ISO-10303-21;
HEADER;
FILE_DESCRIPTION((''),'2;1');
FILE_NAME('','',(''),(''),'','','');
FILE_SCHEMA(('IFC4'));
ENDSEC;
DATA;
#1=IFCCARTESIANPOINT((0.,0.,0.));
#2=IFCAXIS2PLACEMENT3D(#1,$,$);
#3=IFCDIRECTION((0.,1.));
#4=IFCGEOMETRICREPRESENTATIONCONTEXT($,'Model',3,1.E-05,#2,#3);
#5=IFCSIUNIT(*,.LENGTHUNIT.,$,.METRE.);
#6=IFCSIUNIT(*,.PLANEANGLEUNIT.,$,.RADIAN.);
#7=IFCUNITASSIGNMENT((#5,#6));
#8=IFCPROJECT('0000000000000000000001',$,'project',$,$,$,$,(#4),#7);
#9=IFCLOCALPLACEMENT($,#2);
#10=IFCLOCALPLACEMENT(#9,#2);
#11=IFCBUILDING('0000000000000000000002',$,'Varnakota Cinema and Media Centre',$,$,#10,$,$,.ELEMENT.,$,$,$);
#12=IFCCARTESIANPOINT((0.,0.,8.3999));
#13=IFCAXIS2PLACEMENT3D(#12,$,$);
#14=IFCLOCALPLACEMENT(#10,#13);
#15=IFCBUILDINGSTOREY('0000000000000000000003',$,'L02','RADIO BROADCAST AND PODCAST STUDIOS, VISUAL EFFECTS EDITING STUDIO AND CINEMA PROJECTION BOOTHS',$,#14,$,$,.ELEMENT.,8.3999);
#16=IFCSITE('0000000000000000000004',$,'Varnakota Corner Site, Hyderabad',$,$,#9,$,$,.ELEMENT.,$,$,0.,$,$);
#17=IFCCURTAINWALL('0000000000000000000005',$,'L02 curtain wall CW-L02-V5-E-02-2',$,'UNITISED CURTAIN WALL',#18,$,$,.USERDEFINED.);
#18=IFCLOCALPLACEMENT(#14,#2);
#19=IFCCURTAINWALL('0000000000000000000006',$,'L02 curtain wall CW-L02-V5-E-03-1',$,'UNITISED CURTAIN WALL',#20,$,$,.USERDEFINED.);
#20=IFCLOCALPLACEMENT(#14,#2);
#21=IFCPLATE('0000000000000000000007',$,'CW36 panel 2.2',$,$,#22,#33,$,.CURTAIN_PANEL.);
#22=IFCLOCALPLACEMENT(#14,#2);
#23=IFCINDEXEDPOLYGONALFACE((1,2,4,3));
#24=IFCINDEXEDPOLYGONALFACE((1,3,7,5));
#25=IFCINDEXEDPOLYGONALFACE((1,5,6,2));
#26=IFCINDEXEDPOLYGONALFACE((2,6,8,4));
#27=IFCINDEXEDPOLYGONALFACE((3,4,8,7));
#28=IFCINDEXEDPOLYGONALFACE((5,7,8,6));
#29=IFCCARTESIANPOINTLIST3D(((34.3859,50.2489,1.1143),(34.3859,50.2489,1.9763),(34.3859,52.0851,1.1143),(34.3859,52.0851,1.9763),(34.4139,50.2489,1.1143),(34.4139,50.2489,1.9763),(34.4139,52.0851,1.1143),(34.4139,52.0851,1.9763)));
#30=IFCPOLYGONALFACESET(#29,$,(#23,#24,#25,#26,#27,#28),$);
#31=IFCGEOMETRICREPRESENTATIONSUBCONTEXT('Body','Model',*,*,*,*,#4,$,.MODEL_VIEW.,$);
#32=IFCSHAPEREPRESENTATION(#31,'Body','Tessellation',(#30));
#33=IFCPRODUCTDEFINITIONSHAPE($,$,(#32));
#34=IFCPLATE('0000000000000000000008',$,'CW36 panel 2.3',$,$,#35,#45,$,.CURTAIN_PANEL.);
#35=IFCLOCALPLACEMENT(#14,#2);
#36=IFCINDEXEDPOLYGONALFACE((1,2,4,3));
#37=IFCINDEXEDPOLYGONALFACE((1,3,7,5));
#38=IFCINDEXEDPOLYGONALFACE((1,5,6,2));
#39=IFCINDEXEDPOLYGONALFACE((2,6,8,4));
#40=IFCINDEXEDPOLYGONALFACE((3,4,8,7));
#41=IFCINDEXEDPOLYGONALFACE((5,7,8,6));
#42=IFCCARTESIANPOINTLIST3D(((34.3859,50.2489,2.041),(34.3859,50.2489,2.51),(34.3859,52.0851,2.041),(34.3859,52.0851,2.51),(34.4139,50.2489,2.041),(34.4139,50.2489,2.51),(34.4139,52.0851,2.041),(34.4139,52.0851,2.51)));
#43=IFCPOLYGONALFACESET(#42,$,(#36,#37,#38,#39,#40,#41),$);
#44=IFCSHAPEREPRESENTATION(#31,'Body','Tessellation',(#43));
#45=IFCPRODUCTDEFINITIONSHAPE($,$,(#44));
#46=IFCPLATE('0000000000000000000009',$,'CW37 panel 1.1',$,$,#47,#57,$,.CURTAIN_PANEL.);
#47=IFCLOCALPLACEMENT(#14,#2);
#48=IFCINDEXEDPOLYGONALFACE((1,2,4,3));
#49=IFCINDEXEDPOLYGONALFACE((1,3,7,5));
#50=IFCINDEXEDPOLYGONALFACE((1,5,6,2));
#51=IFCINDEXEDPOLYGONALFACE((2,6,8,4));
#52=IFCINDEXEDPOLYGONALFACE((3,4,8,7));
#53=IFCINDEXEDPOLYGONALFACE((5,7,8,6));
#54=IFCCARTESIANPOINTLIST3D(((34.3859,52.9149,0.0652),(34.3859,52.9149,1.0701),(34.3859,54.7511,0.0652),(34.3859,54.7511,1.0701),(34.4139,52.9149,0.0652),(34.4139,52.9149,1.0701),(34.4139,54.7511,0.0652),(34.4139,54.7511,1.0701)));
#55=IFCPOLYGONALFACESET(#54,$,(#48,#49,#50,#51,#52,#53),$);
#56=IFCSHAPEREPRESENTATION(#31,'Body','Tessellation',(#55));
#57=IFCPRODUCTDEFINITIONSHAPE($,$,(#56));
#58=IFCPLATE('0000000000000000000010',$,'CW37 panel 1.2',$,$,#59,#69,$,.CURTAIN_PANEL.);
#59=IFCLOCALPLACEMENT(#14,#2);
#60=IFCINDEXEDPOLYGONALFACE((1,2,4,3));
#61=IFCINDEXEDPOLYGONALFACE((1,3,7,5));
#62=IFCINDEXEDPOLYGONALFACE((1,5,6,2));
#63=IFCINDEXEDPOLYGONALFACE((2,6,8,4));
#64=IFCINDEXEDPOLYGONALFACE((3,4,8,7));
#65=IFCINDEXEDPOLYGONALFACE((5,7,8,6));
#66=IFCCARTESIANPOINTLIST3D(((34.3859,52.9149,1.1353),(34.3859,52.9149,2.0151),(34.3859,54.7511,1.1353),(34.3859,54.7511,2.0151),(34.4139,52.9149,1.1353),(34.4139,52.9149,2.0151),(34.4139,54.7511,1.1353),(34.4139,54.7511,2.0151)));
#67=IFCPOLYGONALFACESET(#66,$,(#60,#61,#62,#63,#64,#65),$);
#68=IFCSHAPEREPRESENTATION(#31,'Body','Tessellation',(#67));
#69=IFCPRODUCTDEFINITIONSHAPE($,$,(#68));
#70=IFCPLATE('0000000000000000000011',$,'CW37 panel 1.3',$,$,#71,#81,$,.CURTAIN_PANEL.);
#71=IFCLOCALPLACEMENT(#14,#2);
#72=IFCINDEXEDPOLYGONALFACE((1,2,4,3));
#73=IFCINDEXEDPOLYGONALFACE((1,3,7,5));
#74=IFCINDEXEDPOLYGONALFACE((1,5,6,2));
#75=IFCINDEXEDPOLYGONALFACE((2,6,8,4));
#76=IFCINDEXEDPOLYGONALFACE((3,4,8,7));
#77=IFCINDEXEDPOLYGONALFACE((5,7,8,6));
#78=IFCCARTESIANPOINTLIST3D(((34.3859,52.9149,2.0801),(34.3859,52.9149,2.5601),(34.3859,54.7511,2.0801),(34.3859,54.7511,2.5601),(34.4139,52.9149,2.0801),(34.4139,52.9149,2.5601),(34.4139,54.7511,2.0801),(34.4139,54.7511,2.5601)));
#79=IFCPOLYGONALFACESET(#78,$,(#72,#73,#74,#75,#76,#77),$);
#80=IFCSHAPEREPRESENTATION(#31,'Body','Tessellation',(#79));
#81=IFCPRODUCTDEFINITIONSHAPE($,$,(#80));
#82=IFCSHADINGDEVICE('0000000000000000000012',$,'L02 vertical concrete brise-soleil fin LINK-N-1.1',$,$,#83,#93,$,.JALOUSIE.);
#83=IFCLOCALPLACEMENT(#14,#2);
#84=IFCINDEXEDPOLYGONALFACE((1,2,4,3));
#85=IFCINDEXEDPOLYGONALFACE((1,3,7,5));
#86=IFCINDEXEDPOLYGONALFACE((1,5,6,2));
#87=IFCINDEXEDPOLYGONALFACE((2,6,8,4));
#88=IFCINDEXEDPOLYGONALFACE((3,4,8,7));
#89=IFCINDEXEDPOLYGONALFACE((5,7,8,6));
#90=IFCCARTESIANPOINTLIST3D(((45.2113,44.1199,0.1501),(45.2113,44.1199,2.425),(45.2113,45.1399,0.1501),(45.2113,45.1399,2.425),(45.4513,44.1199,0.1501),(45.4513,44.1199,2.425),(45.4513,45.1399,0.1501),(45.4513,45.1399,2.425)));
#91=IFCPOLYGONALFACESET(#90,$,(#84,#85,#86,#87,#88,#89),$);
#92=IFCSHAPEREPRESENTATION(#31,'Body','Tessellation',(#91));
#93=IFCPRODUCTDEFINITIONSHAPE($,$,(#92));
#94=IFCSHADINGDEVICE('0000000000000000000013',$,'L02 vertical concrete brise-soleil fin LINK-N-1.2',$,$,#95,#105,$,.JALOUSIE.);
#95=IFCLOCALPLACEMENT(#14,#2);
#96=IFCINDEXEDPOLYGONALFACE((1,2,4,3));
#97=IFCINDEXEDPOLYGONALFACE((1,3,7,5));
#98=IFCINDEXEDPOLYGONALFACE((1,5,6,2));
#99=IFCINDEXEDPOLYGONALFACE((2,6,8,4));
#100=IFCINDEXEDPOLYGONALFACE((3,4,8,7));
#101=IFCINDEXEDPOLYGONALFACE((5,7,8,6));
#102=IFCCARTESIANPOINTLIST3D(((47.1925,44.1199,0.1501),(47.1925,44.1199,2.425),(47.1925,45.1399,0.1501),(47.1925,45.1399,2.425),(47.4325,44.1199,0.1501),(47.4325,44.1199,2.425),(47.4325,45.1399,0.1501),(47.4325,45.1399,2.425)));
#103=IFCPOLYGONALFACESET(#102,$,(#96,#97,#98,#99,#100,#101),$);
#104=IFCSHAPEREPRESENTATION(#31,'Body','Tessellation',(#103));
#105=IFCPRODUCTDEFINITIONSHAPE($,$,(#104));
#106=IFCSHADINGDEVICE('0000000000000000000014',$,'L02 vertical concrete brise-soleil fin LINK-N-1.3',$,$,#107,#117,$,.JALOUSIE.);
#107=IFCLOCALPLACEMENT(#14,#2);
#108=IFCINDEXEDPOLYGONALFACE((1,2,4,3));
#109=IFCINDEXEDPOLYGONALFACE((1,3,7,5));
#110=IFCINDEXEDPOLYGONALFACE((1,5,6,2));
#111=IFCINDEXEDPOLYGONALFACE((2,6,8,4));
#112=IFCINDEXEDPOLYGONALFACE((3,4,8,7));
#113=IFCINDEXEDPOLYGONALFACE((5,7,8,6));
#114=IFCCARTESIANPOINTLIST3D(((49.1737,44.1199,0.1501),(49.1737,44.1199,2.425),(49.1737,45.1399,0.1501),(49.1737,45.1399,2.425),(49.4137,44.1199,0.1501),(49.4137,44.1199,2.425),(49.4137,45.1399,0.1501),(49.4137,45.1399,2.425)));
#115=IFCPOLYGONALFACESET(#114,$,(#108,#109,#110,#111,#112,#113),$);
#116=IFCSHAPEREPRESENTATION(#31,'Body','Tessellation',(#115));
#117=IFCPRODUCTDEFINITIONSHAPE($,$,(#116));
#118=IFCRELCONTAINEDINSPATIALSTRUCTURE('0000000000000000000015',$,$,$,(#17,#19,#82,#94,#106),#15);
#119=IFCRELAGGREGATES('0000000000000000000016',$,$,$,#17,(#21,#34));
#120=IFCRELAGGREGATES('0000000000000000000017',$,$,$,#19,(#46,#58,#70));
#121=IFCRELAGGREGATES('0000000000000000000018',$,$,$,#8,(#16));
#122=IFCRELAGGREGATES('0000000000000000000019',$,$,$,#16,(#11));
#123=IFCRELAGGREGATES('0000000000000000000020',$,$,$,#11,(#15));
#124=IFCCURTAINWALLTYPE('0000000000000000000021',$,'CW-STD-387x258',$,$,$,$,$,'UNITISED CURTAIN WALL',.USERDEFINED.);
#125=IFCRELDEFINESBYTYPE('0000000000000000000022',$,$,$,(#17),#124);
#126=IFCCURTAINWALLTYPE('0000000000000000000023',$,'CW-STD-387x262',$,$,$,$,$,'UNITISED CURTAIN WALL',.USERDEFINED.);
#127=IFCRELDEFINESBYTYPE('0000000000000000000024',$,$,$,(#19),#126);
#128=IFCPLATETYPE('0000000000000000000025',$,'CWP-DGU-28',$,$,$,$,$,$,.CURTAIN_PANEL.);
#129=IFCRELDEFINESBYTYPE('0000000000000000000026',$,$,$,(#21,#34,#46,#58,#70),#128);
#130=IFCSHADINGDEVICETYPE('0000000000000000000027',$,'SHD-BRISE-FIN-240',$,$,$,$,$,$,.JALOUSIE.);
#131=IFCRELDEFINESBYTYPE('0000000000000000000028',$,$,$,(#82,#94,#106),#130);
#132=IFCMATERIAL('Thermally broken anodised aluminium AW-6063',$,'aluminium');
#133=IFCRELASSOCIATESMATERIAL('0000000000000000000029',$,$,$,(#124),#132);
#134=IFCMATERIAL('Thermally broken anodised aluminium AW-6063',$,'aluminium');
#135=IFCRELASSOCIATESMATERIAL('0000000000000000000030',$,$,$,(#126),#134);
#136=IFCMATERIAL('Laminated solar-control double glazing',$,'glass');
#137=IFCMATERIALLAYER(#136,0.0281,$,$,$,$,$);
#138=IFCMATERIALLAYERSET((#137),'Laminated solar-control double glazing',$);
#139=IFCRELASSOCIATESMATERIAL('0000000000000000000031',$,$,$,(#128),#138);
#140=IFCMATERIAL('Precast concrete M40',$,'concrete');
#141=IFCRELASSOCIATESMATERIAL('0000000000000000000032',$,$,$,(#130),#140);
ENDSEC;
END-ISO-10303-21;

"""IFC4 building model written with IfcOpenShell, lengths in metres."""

from ifc_helpers import new_model, si_unit, direction, frame, origin, origin_2d, place, context, subcontext, project, spatial, rectangle, extrude, material, layer, layer_set, type_object, element, aggregate, save


model = new_model("IFC4")

# Units and contexts
model_context = context("Model", 3, precision=1e-05, world=origin(), true_north=direction((0.0, 1.0)))
body_context = subcontext(model_context, "Body", "Model", "MODEL_VIEW")
ifc_project = project(units=[si_unit("LENGTHUNIT", "METRE"), si_unit("PLANEANGLEUNIT", "RADIAN")], contexts=[model_context])

# Site, building, storey
site_placement = place(None, origin())
site = spatial("IfcSite", under=ifc_project, at=site_placement, Name="Varnakota Corner Site, Hyderabad", CompositionType="ELEMENT", RefElevation=0.0)
building_placement = place(site_placement, origin())
building = spatial("IfcBuilding", under=site, at=building_placement, Name="Varnakota Cinema and Media Centre", CompositionType="ELEMENT")
storey_placement = place(building_placement, frame((0.0, 0.0, 8.3999)))
storey = spatial("IfcBuildingStorey", under=building, at=storey_placement, Name="L02", Description="RADIO BROADCAST AND PODCAST STUDIOS, VISUAL EFFECTS EDITING STUDIO AND CINEMA PROJECTION BOOTHS", CompositionType="ELEMENT", Elevation=8.3999)

# Curtain walls
ifc_material_1 = material(Name="Thermally broken anodised aluminium AW-6063", Category="aluminium")
curtain_wall_type_1 = type_object("IfcCurtainWallType", Name="CW-STD-387x258", ElementType="UNITISED CURTAIN WALL", PredefinedType="USERDEFINED", material=ifc_material_1)
curtain_wall_1_placement = place(storey_placement, origin())
curtain_wall_1 = element("IfcCurtainWall", 1, at=curtain_wall_1_placement, inside=storey, type_object=curtain_wall_type_1, Name="L02 curtain wall CW-L02-V5-E-02-2", ObjectType="UNITISED CURTAIN WALL", PredefinedType="USERDEFINED")
ifc_material_2 = material(Name="Thermally broken anodised aluminium AW-6063", Category="aluminium")
curtain_wall_type_2 = type_object("IfcCurtainWallType", Name="CW-STD-387x262", ElementType="UNITISED CURTAIN WALL", PredefinedType="USERDEFINED", material=ifc_material_2)
curtain_wall_2_placement = place(storey_placement, origin())
curtain_wall_2 = element("IfcCurtainWall", 2, at=curtain_wall_2_placement, inside=storey, type_object=curtain_wall_type_2, Name="L02 curtain wall CW-L02-V5-E-03-1", ObjectType="UNITISED CURTAIN WALL", PredefinedType="USERDEFINED")

# Plates
ifc_material_3 = material(Name="Laminated solar-control double glazing", Category="glass")
ifc_layer = layer(ifc_material_3, 0.0281)
ifc_layer_set = layer_set([ifc_layer], Name="Laminated solar-control double glazing")
plate_type = type_object("IfcPlateType", Name="CWP-DGU-28", PredefinedType="CURTAIN_PANEL", material=ifc_layer_set)
plate_1_placement = place(storey_placement, frame((34.3999, 51.167, 1.1143), z_axis=(0.0, 0.0, 1.0), x_axis=(0.0, 1.0, 0.0)))
plate_1 = element("IfcPlate", 3, at=plate_1_placement, type_object=plate_type, Name="CW36 panel 2.2", PredefinedType="CURTAIN_PANEL", context=body_context, shape_type="SweptSolid", body=[
    extrude(rectangle(XDim=1.8362, YDim=0.0281, at=origin_2d()), origin(), (0.0, 0.0, 1.0), 0.8621),
])
plate_2_placement = place(storey_placement, frame((34.3999, 51.167, 2.041), z_axis=(0.0, 0.0, 1.0), x_axis=(0.0, 1.0, 0.0)))
plate_2 = element("IfcPlate", 4, at=plate_2_placement, type_object=plate_type, Name="CW36 panel 2.3", PredefinedType="CURTAIN_PANEL", context=body_context, shape_type="SweptSolid", body=[
    extrude(rectangle(XDim=1.8362, YDim=0.0281, at=origin_2d()), origin(), (0.0, 0.0, 1.0), 0.469),
])
aggregate(curtain_wall_1, [plate_1, plate_2])
plate_3_placement = place(storey_placement, frame((34.3999, 53.833, 0.0652), z_axis=(0.0, 0.0, 1.0), x_axis=(0.0, 1.0, 0.0)))
plate_3 = element("IfcPlate", 5, at=plate_3_placement, type_object=plate_type, Name="CW37 panel 1.1", PredefinedType="CURTAIN_PANEL", context=body_context, shape_type="SweptSolid", body=[
    extrude(rectangle(XDim=1.8362, YDim=0.0281, at=origin_2d()), origin(), (0.0, 0.0, 1.0), 1.0049),
])
plate_4_placement = place(storey_placement, frame((34.3999, 53.833, 1.1353), z_axis=(0.0, 0.0, 1.0), x_axis=(0.0, 1.0, 0.0)))
plate_4 = element("IfcPlate", 6, at=plate_4_placement, type_object=plate_type, Name="CW37 panel 1.2", PredefinedType="CURTAIN_PANEL", context=body_context, shape_type="SweptSolid", body=[
    extrude(rectangle(XDim=1.8362, YDim=0.0281, at=origin_2d()), origin(), (0.0, 0.0, 1.0), 0.8799),
])
plate_5_placement = place(storey_placement, frame((34.3999, 53.833, 2.0801), z_axis=(0.0, 0.0, 1.0), x_axis=(0.0, 1.0, 0.0)))
plate_5 = element("IfcPlate", 7, at=plate_5_placement, type_object=plate_type, Name="CW37 panel 1.3", PredefinedType="CURTAIN_PANEL", context=body_context, shape_type="SweptSolid", body=[
    extrude(rectangle(XDim=1.8362, YDim=0.0281, at=origin_2d()), origin(), (0.0, 0.0, 1.0), 0.48),
])
aggregate(curtain_wall_2, [plate_3, plate_4, plate_5])

# Shading devices
ifc_material_4 = material(Name="Precast concrete M40", Category="concrete")
shading_device_type = type_object("IfcShadingDeviceType", Name="SHD-BRISE-FIN-240", PredefinedType="JALOUSIE", material=ifc_material_4)
for number, where, z_axis, x_axis, name in (
    (8, (45.3313, 44.6299, 0.1501), (0.0, 0.0, 1.0), (1.0, 0.0, 0.0), "L02 vertical concrete brise-soleil fin LINK-N-1.1"),
    (9, (47.3125, 44.6299, 0.1501), (0.0, 0.0, 1.0), (1.0, 0.0, 0.0), "L02 vertical concrete brise-soleil fin LINK-N-1.2"),
    (10, (49.2937, 44.6299, 0.1501), (0.0, 0.0, 1.0), (1.0, 0.0, 0.0), "L02 vertical concrete brise-soleil fin LINK-N-1.3"),
):
    element("IfcShadingDevice", number, at=place(storey_placement, frame(where, z_axis=z_axis, x_axis=x_axis)), inside=storey, type_object=shading_device_type, Name=name, PredefinedType="JALOUSIE", context=body_context, shape_type="SweptSolid", body=[
        extrude(rectangle(XDim=0.24, YDim=1.02, at=origin_2d()), origin(), (0.0, 0.0, 1.0), 2.2749),
    ])

save(model, "model.ifc")
